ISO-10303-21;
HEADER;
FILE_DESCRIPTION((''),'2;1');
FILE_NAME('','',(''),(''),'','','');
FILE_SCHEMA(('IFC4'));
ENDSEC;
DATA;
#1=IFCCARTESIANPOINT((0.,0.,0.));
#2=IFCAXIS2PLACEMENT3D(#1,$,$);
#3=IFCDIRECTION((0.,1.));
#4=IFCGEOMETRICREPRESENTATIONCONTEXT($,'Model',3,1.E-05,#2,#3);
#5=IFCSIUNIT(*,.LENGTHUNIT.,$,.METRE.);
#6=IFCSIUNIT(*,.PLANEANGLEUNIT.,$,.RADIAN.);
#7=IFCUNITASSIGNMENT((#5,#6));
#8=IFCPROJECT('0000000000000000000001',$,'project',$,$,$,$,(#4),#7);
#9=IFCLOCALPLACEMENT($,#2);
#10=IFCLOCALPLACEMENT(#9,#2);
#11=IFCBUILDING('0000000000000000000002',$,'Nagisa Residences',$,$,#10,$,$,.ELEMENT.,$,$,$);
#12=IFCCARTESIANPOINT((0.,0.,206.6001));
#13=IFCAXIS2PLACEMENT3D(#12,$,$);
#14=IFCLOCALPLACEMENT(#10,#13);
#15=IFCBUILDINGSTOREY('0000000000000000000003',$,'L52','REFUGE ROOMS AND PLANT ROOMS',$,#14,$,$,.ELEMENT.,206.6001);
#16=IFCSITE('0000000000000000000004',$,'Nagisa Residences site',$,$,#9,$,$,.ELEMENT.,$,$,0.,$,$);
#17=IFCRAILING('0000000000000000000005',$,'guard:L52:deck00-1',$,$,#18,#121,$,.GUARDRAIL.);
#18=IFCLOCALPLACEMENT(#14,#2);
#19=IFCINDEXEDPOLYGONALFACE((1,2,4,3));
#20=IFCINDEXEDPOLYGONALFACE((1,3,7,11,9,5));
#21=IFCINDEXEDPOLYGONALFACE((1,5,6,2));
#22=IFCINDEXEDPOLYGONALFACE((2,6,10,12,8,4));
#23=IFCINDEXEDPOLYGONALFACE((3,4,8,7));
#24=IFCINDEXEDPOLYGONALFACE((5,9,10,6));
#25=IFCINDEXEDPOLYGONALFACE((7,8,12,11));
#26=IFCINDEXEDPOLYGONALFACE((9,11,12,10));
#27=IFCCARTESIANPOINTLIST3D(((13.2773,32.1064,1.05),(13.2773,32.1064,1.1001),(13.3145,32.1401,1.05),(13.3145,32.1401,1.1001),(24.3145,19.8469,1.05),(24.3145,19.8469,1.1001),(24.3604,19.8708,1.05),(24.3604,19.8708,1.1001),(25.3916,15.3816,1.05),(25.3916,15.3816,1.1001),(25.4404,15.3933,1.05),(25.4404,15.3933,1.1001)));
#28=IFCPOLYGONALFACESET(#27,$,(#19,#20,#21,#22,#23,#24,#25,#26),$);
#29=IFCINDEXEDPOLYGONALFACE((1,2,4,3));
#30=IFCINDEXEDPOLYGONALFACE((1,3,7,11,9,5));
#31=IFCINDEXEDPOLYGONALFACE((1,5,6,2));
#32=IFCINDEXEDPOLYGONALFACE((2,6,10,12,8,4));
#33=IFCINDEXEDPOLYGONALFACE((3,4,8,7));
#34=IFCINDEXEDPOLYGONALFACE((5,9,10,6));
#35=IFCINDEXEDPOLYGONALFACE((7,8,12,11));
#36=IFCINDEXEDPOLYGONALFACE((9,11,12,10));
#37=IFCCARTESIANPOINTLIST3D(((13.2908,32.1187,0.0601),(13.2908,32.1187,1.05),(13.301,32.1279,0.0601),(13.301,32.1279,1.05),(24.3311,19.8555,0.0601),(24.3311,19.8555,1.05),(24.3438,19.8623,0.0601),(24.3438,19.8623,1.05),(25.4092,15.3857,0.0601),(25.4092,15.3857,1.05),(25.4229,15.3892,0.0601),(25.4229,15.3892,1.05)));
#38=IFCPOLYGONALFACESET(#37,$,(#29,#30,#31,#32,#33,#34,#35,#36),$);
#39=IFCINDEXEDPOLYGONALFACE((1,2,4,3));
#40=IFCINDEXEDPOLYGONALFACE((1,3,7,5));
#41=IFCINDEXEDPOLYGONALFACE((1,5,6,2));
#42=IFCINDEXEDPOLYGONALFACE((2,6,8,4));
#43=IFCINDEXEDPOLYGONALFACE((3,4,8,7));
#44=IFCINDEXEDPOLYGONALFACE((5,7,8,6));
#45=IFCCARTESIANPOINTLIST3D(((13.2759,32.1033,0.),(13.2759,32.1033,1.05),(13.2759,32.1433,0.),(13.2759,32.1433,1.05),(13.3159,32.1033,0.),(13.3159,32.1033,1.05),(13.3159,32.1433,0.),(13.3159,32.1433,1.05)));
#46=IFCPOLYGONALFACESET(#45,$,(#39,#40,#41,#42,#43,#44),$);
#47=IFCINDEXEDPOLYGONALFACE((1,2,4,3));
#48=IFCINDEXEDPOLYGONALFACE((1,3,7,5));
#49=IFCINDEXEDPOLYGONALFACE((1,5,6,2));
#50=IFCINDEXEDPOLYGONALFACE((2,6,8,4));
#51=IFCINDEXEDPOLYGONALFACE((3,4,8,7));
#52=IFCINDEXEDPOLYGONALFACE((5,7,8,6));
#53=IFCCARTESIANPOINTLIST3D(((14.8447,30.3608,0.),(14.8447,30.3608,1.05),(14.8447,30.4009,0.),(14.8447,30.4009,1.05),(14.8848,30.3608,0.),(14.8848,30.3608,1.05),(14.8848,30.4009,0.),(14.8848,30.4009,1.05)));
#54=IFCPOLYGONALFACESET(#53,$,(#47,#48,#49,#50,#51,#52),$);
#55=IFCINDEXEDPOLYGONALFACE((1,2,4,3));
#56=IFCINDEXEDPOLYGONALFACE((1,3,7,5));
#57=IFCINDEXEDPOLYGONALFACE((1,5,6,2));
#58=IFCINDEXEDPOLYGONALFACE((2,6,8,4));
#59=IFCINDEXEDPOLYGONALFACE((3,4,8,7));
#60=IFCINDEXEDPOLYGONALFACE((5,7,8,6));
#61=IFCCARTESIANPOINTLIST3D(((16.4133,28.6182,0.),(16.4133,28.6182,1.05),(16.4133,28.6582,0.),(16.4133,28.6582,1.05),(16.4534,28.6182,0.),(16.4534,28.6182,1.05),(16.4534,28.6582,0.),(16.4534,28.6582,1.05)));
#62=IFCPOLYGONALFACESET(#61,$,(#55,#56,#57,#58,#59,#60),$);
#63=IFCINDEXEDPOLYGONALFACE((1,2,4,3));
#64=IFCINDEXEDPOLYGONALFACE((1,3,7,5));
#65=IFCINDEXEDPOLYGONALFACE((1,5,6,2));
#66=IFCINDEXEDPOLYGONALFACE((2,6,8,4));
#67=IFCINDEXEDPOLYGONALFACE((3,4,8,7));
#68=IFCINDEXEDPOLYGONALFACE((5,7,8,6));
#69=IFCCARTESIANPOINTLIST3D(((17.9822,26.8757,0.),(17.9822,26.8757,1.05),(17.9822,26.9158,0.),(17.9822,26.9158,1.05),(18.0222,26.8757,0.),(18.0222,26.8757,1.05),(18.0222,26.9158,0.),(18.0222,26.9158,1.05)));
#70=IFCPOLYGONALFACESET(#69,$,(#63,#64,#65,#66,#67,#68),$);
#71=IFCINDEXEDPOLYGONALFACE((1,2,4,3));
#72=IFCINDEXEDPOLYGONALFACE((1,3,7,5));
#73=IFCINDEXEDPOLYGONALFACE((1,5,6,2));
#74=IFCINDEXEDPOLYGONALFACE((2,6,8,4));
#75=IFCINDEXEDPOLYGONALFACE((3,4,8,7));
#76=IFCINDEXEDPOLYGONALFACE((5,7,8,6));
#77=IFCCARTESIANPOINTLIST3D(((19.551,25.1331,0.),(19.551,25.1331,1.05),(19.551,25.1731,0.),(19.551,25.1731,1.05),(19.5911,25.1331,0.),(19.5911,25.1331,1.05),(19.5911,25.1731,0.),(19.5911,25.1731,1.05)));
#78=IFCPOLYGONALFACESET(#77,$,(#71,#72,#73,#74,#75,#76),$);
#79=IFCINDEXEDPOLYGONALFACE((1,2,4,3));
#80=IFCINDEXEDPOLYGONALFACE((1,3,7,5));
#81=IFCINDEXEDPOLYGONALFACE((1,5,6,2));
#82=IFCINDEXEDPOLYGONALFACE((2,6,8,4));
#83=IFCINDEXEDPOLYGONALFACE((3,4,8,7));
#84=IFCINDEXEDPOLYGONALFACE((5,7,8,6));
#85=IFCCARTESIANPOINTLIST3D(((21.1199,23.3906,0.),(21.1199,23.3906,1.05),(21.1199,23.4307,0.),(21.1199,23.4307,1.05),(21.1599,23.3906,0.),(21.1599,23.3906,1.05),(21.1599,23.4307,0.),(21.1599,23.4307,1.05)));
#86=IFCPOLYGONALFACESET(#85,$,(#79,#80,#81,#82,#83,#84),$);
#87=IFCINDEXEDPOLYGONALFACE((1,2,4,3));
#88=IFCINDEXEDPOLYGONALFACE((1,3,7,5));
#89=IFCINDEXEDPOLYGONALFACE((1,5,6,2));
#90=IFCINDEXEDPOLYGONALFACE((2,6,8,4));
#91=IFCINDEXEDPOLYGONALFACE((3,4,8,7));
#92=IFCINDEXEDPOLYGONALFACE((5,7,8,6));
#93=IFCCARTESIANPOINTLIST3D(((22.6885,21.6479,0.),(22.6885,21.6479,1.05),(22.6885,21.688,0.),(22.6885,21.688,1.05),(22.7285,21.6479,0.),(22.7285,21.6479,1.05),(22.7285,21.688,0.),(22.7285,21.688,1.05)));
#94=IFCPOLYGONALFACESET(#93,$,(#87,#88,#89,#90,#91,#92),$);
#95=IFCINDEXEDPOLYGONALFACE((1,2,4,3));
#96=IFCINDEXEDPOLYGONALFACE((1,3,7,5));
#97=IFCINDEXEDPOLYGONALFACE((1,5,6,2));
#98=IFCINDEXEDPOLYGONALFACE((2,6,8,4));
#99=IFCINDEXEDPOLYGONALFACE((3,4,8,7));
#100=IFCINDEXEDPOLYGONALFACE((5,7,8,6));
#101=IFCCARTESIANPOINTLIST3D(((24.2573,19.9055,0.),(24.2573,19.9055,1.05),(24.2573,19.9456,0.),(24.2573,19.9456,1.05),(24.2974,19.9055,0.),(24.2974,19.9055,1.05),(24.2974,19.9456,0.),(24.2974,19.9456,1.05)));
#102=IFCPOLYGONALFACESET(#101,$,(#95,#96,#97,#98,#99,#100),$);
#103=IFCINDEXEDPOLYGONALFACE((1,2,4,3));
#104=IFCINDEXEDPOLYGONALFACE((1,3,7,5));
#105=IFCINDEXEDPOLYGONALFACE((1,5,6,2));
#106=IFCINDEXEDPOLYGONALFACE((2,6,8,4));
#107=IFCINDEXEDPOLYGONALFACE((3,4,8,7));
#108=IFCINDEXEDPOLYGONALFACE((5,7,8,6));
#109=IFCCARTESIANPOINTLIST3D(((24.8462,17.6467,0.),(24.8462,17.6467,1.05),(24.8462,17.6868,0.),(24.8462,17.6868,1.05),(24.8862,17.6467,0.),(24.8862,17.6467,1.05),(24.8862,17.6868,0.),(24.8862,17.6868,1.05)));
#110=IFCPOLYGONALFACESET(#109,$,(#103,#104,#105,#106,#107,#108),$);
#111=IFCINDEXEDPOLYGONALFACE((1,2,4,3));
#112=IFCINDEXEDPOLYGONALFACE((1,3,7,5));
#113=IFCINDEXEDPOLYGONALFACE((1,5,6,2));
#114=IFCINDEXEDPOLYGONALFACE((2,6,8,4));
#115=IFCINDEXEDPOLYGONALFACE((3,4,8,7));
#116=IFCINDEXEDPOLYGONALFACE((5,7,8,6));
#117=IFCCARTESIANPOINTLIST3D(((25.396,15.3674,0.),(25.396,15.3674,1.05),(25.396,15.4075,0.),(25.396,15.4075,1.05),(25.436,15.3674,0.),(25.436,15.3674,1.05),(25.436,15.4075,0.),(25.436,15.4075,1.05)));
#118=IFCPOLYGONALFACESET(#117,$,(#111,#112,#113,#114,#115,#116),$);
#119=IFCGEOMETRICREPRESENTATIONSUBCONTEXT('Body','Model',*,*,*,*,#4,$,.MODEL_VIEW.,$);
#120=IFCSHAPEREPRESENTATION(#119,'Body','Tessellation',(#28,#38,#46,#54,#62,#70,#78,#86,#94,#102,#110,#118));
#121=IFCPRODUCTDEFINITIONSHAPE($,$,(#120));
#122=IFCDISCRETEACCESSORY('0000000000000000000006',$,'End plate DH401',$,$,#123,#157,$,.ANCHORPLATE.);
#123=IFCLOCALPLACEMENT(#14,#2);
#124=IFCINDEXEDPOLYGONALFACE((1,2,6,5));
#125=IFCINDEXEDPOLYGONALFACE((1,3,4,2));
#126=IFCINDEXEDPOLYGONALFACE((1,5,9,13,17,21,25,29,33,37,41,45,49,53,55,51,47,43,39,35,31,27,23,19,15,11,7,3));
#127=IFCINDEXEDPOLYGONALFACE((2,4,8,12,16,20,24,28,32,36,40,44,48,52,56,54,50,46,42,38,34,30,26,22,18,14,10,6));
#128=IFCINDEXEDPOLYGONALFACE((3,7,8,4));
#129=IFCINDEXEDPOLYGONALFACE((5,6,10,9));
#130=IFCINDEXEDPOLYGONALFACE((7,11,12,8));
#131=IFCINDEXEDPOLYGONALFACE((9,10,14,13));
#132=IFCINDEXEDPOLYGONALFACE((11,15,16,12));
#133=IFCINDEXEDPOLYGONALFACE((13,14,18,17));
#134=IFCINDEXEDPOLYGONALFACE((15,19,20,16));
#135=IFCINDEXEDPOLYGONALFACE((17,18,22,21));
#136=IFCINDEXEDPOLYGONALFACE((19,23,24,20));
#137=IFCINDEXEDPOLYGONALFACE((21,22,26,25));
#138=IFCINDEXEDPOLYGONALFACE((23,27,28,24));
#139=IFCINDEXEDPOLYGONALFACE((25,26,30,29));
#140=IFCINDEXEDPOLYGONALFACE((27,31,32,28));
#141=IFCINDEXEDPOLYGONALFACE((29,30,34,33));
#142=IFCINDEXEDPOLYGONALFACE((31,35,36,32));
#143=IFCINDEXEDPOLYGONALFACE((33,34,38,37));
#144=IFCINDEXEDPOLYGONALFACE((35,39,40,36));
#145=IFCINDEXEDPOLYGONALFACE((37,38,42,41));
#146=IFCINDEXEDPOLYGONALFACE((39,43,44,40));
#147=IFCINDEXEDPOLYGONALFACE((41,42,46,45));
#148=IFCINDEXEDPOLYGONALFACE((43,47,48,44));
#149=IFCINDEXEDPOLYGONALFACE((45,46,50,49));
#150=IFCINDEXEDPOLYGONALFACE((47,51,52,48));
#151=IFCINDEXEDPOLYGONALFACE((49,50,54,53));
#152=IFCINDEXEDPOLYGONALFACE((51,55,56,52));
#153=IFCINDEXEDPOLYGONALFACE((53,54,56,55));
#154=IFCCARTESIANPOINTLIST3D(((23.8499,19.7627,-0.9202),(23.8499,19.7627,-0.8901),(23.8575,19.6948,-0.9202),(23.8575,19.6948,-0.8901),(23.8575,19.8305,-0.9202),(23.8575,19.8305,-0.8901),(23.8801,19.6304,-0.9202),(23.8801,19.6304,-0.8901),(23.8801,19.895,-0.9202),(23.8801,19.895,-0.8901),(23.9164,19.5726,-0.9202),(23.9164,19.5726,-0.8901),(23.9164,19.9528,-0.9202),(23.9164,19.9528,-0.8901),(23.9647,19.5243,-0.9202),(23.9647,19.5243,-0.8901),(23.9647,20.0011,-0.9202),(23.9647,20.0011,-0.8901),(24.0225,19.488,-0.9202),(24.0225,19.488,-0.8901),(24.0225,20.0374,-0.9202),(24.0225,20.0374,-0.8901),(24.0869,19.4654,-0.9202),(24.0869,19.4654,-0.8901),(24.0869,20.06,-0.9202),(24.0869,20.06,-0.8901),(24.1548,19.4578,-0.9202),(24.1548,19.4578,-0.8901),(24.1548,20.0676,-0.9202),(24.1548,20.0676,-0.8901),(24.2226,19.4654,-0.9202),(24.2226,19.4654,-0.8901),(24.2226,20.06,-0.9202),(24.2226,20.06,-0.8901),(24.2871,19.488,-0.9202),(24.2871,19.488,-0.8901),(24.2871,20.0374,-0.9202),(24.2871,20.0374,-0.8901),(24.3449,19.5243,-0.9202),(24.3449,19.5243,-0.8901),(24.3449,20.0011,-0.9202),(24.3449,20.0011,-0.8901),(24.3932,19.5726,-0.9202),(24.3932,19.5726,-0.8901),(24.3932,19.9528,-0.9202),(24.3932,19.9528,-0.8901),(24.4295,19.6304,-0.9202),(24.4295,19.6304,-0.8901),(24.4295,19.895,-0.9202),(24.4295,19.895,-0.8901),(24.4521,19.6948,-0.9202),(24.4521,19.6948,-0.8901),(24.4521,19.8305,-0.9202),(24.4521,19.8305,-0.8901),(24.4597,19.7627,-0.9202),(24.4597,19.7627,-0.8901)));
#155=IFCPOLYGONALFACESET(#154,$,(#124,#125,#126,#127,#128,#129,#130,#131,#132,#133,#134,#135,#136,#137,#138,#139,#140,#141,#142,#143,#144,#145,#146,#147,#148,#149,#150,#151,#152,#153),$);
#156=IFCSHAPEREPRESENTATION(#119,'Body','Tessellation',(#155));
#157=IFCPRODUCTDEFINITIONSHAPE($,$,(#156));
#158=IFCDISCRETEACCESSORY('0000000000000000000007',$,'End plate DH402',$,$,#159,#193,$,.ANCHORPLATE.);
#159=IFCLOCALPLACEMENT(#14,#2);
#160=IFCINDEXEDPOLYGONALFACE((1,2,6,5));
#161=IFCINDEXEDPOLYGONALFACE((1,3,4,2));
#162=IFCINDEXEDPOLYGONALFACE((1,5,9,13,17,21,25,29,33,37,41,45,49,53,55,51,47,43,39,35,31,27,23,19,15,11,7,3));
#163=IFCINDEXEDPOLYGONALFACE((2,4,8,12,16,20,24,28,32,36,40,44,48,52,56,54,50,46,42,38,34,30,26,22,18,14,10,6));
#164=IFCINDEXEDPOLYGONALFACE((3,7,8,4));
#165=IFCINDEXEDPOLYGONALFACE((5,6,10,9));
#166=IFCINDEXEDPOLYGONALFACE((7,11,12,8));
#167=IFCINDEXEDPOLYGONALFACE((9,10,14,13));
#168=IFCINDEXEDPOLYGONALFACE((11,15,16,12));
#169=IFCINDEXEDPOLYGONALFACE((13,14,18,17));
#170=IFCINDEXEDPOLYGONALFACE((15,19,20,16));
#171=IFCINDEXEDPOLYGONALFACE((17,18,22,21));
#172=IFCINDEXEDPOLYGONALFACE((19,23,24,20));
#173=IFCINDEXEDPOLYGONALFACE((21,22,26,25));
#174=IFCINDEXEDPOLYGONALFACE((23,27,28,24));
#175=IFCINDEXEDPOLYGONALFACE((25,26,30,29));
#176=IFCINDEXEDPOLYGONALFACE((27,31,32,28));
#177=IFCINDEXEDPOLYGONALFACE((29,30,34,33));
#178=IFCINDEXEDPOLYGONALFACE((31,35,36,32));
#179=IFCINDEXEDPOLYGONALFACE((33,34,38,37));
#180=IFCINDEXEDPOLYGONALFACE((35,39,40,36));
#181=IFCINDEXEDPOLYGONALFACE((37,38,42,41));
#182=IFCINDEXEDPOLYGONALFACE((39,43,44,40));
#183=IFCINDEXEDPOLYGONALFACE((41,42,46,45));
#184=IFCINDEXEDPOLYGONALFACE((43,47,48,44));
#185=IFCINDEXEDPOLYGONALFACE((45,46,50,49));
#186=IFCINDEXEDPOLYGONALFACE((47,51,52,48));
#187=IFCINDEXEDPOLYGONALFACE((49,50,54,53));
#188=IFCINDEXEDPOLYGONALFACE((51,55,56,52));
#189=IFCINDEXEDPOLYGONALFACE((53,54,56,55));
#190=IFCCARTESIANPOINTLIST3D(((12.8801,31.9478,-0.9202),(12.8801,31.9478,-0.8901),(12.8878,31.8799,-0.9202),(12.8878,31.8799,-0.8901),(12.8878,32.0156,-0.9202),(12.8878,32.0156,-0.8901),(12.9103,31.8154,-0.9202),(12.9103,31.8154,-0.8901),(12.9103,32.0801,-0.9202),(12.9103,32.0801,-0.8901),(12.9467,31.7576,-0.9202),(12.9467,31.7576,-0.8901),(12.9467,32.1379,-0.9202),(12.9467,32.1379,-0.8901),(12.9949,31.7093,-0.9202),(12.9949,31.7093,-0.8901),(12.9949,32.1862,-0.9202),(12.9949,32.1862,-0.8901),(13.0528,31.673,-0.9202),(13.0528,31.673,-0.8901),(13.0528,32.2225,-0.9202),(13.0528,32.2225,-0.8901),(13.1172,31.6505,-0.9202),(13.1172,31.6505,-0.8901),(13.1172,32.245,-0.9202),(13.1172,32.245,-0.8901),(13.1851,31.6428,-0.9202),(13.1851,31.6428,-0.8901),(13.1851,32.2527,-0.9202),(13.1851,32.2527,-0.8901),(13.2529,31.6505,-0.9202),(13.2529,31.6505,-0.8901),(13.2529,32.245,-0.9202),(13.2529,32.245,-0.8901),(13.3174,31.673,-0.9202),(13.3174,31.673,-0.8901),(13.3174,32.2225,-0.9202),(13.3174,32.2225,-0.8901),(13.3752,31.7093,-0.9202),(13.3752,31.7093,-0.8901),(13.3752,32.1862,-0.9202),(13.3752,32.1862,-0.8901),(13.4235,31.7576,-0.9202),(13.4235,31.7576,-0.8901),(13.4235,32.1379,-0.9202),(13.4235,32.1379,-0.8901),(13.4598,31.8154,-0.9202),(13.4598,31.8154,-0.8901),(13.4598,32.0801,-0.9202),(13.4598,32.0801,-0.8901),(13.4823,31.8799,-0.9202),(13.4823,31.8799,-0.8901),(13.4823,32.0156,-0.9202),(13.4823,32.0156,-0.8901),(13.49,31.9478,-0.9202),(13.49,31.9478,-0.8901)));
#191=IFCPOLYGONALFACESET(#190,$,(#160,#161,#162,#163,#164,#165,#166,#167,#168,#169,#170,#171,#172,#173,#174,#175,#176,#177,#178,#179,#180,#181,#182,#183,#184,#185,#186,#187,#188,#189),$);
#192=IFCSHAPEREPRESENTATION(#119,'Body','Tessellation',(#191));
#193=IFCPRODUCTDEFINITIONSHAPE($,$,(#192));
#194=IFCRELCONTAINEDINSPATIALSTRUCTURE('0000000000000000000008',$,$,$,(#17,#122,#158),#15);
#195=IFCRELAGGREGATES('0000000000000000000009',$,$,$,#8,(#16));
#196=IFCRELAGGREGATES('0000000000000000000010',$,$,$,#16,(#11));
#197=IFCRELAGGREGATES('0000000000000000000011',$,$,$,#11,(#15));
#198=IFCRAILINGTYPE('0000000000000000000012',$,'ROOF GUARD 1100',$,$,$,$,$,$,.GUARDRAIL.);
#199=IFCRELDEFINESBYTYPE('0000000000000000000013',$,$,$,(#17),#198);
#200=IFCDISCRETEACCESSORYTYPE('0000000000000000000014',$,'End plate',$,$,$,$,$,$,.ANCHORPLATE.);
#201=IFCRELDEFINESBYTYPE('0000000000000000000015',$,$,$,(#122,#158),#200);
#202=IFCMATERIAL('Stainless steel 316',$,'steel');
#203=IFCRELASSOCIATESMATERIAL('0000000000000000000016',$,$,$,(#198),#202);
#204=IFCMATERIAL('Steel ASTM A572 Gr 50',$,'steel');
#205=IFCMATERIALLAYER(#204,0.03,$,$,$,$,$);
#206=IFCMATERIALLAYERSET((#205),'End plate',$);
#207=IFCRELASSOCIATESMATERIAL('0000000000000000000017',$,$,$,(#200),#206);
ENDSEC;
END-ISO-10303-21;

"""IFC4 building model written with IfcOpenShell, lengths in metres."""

from ifc_helpers import new_model, si_unit, direction, frame, origin, origin_2d, place, context, subcontext, project, spatial, polyline, rectangle, circle, outline, extrude, material, layer, layer_set, type_object, element, save


model = new_model("IFC4")

# Units and contexts
model_context = context("Model", 3, precision=1e-05, world=origin(), true_north=direction((0.0, 1.0)))
body_context = subcontext(model_context, "Body", "Model", "MODEL_VIEW")
ifc_project = project(units=[si_unit("LENGTHUNIT", "METRE"), si_unit("PLANEANGLEUNIT", "RADIAN")], contexts=[model_context])

# Site, building, storey
site_placement = place(None, origin())
site = spatial("IfcSite", under=ifc_project, at=site_placement, Name="Nagisa Residences site", CompositionType="ELEMENT", RefElevation=0.0)
building_placement = place(site_placement, origin())
building = spatial("IfcBuilding", under=site, at=building_placement, Name="Nagisa Residences", CompositionType="ELEMENT")
storey_placement = place(building_placement, frame((0.0, 0.0, 206.6001)))
storey = spatial("IfcBuildingStorey", under=building, at=storey_placement, Name="L52", Description="REFUGE ROOMS AND PLANT ROOMS", CompositionType="ELEMENT", Elevation=206.6001)

# Railing
ifc_material_1 = material(Name="Stainless steel 316", Category="steel")
railing_type = type_object("IfcRailingType", Name="ROOF GUARD 1100", PredefinedType="GUARDRAIL", material=ifc_material_1)
railing_placement = place(storey_placement, frame((13.2959, 32.1233, 0.0)))
element("IfcRailing", 1, at=railing_placement, inside=storey, type_object=railing_type, Name="guard:L52:deck00-1", PredefinedType="GUARDRAIL", context=body_context, shape_type="SweptSolid", body=[
    extrude(outline(polyline([(11.0645, -12.2524), (0.0186, 0.0168), (-0.0186, -0.0168), (11.0186, -12.2764), (12.0957, -16.7417), (12.1445, -16.73), (11.0645, -12.2524)])), frame((0.0, 0.0, 1.05)), (0.0, 0.0, 1.0), 0.05),
    extrude(outline(polyline([(11.0479, -12.261), (0.0051, 0.0046), (-0.0051, -0.0046), (11.0352, -12.2678), (12.1133, -16.7375), (12.127, -16.7341), (11.0479, -12.261)])), frame((0.0, 0.0, 0.0601)), (0.0, 0.0, 1.0), 0.99),
    extrude(rectangle(XDim=0.04, YDim=0.04, at=origin_2d()), origin(), (0.0, 0.0, 1.0), 1.05),
    extrude(rectangle(XDim=0.04, YDim=0.04, at=origin_2d()), frame((1.5688, -1.7424, 0.0)), (0.0, 0.0, 1.0), 1.05),
    extrude(rectangle(XDim=0.04, YDim=0.04, at=origin_2d()), frame((3.1375, -3.4851, 0.0)), (0.0, 0.0, 1.0), 1.05),
    extrude(rectangle(XDim=0.04, YDim=0.04, at=origin_2d()), frame((4.7063, -5.2275, 0.0)), (0.0, 0.0, 1.0), 1.05),
    extrude(rectangle(XDim=0.04, YDim=0.04, at=origin_2d()), frame((6.2751, -6.9702, 0.0)), (0.0, 0.0, 1.0), 1.05),
    extrude(rectangle(XDim=0.04, YDim=0.04, at=origin_2d()), frame((7.844, -8.7126, 0.0)), (0.0, 0.0, 1.0), 1.05),
    extrude(rectangle(XDim=0.04, YDim=0.04, at=origin_2d()), frame((9.4126, -10.4553, 0.0)), (0.0, 0.0, 1.0), 1.05),
    extrude(rectangle(XDim=0.04, YDim=0.04, at=origin_2d()), frame((10.9814, -12.1978, 0.0)), (0.0, 0.0, 1.0), 1.05),
    extrude(rectangle(XDim=0.04, YDim=0.04, at=origin_2d()), frame((11.5703, -14.4565, 0.0)), (0.0, 0.0, 1.0), 1.05),
    extrude(rectangle(XDim=0.04, YDim=0.04, at=origin_2d()), frame((12.1201, -16.7358, 0.0)), (0.0, 0.0, 1.0), 1.05),
])

# Discrete accessories
ifc_material_2 = material(Name="Steel ASTM A572 Gr 50", Category="steel")
ifc_layer_1 = layer(ifc_material_2, 0.03)
ifc_layer_set_1 = layer_set([ifc_layer_1], Name="End plate")
discrete_accessory_type = type_object("IfcDiscreteAccessoryType", Name="End plate", PredefinedType="ANCHORPLATE", material=ifc_layer_set_1)
for number, where, z_axis, x_axis, name in (
    (2, (24.1548, 19.7627, -0.8901), (0.0, 0.0, -1.0), (1.0, 0.0, 0.0), "End plate DH401"),
    (3, (13.1851, 31.9478, -0.8901), (0.0, 0.0, -1.0), (1.0, 0.0, 0.0), "End plate DH402"),
):
    element("IfcDiscreteAccessory", number, at=place(storey_placement, frame(where, z_axis=z_axis, x_axis=x_axis)), inside=storey, type_object=discrete_accessory_type, Name=name, PredefinedType="ANCHORPLATE", context=body_context, shape_type="SweptSolid", body=[
        extrude(circle(Radius=0.3049, at=origin_2d()), origin(), (0.0, 0.0, 1.0), 0.03),
    ])

save(model, "model.ifc")
